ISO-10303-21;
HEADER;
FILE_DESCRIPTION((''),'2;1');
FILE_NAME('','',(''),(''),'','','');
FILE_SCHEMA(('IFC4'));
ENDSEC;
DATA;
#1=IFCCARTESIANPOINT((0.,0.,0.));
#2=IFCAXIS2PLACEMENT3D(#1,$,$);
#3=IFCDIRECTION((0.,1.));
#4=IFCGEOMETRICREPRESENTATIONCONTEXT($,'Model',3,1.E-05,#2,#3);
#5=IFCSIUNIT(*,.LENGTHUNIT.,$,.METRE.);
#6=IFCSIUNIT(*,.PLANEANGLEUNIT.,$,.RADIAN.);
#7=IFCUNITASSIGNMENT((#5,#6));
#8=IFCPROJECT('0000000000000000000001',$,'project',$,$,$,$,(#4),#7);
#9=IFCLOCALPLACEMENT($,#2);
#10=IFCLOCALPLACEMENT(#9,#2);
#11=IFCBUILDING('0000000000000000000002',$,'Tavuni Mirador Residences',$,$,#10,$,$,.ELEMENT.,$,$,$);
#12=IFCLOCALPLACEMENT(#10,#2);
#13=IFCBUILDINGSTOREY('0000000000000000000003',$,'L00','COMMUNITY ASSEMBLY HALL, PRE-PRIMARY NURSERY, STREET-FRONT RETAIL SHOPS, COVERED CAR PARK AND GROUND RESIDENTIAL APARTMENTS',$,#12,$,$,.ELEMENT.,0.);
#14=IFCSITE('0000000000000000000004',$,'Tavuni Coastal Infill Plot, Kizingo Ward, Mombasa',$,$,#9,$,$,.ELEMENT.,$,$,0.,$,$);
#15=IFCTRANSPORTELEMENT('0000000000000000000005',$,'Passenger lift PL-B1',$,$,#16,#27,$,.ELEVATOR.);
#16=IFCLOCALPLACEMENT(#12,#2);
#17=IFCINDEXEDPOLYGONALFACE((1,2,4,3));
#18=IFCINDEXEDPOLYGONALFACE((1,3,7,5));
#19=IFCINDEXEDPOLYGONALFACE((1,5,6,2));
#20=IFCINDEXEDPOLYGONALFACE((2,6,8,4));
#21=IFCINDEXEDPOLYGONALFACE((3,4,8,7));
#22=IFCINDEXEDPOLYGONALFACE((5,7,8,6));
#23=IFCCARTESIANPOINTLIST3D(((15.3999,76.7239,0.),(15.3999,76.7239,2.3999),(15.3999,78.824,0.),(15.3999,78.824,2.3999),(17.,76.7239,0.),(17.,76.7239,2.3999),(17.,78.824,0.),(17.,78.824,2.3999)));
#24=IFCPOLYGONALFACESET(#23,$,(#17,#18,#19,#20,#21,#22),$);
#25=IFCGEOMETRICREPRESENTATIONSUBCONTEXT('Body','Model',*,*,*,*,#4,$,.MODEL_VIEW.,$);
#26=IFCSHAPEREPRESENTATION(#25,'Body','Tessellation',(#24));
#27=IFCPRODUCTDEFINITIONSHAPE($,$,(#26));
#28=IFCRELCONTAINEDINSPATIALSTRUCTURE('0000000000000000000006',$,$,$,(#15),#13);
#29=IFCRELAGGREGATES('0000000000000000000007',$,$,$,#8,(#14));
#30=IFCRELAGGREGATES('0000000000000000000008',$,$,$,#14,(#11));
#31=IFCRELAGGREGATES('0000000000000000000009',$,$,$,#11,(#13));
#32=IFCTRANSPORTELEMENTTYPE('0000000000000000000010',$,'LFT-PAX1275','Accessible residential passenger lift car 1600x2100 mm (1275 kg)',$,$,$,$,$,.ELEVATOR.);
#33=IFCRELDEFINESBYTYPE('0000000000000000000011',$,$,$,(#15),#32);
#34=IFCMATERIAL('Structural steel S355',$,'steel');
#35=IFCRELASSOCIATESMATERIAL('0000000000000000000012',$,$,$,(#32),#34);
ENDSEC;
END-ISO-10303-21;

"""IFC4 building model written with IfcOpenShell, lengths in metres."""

from ifc_helpers import new_model, si_unit, direction, frame, origin, origin_2d, place, context, subcontext, project, spatial, rectangle, extrude, material, type_object, element, save


model = new_model("IFC4")

# Units and contexts
model_context = context("Model", 3, precision=1e-05, world=origin(), true_north=direction((0.0, 1.0)))
body_context = subcontext(model_context, "Body", "Model", "MODEL_VIEW")
ifc_project = project(units=[si_unit("LENGTHUNIT", "METRE"), si_unit("PLANEANGLEUNIT", "RADIAN")], contexts=[model_context])

# Site, building, storey
site_placement = place(None, origin())
site = spatial("IfcSite", under=ifc_project, at=site_placement, Name="Tavuni Coastal Infill Plot, Kizingo Ward, Mombasa", CompositionType="ELEMENT", RefElevation=0.0)
building_placement = place(site_placement, origin())
building = spatial("IfcBuilding", under=site, at=building_placement, Name="Tavuni Mirador Residences", CompositionType="ELEMENT")
storey_placement = place(building_placement, origin())
storey = spatial("IfcBuildingStorey", under=building, at=storey_placement, Name="L00", Description="COMMUNITY ASSEMBLY HALL, PRE-PRIMARY NURSERY, STREET-FRONT RETAIL SHOPS, COVERED CAR PARK AND GROUND RESIDENTIAL APARTMENTS", CompositionType="ELEMENT", Elevation=0.0)

# Transport element
ifc_material_1 = material(Name="Structural steel S355", Category="steel")
transport_element_type = type_object("IfcTransportElementType", Name="LFT-PAX1275", Description="Accessible residential passenger lift car 1600x2100 mm (1275 kg)", PredefinedType="ELEVATOR", material=ifc_material_1)
transport_element_placement = place(storey_placement, frame((16.2, 77.7739, 0.0), z_axis=(0.0, 0.0, 1.0), x_axis=(1.0, 0.0, 0.0)))
element("IfcTransportElement", 1, at=transport_element_placement, inside=storey, type_object=transport_element_type, Name="Passenger lift PL-B1", PredefinedType="ELEVATOR", context=body_context, shape_type="SweptSolid", body=[
    extrude(rectangle(XDim=1.6001, YDim=2.1001, at=origin_2d()), origin(), (0.0, 0.0, 1.0), 2.3999),
])

save(model, "model.ifc")
